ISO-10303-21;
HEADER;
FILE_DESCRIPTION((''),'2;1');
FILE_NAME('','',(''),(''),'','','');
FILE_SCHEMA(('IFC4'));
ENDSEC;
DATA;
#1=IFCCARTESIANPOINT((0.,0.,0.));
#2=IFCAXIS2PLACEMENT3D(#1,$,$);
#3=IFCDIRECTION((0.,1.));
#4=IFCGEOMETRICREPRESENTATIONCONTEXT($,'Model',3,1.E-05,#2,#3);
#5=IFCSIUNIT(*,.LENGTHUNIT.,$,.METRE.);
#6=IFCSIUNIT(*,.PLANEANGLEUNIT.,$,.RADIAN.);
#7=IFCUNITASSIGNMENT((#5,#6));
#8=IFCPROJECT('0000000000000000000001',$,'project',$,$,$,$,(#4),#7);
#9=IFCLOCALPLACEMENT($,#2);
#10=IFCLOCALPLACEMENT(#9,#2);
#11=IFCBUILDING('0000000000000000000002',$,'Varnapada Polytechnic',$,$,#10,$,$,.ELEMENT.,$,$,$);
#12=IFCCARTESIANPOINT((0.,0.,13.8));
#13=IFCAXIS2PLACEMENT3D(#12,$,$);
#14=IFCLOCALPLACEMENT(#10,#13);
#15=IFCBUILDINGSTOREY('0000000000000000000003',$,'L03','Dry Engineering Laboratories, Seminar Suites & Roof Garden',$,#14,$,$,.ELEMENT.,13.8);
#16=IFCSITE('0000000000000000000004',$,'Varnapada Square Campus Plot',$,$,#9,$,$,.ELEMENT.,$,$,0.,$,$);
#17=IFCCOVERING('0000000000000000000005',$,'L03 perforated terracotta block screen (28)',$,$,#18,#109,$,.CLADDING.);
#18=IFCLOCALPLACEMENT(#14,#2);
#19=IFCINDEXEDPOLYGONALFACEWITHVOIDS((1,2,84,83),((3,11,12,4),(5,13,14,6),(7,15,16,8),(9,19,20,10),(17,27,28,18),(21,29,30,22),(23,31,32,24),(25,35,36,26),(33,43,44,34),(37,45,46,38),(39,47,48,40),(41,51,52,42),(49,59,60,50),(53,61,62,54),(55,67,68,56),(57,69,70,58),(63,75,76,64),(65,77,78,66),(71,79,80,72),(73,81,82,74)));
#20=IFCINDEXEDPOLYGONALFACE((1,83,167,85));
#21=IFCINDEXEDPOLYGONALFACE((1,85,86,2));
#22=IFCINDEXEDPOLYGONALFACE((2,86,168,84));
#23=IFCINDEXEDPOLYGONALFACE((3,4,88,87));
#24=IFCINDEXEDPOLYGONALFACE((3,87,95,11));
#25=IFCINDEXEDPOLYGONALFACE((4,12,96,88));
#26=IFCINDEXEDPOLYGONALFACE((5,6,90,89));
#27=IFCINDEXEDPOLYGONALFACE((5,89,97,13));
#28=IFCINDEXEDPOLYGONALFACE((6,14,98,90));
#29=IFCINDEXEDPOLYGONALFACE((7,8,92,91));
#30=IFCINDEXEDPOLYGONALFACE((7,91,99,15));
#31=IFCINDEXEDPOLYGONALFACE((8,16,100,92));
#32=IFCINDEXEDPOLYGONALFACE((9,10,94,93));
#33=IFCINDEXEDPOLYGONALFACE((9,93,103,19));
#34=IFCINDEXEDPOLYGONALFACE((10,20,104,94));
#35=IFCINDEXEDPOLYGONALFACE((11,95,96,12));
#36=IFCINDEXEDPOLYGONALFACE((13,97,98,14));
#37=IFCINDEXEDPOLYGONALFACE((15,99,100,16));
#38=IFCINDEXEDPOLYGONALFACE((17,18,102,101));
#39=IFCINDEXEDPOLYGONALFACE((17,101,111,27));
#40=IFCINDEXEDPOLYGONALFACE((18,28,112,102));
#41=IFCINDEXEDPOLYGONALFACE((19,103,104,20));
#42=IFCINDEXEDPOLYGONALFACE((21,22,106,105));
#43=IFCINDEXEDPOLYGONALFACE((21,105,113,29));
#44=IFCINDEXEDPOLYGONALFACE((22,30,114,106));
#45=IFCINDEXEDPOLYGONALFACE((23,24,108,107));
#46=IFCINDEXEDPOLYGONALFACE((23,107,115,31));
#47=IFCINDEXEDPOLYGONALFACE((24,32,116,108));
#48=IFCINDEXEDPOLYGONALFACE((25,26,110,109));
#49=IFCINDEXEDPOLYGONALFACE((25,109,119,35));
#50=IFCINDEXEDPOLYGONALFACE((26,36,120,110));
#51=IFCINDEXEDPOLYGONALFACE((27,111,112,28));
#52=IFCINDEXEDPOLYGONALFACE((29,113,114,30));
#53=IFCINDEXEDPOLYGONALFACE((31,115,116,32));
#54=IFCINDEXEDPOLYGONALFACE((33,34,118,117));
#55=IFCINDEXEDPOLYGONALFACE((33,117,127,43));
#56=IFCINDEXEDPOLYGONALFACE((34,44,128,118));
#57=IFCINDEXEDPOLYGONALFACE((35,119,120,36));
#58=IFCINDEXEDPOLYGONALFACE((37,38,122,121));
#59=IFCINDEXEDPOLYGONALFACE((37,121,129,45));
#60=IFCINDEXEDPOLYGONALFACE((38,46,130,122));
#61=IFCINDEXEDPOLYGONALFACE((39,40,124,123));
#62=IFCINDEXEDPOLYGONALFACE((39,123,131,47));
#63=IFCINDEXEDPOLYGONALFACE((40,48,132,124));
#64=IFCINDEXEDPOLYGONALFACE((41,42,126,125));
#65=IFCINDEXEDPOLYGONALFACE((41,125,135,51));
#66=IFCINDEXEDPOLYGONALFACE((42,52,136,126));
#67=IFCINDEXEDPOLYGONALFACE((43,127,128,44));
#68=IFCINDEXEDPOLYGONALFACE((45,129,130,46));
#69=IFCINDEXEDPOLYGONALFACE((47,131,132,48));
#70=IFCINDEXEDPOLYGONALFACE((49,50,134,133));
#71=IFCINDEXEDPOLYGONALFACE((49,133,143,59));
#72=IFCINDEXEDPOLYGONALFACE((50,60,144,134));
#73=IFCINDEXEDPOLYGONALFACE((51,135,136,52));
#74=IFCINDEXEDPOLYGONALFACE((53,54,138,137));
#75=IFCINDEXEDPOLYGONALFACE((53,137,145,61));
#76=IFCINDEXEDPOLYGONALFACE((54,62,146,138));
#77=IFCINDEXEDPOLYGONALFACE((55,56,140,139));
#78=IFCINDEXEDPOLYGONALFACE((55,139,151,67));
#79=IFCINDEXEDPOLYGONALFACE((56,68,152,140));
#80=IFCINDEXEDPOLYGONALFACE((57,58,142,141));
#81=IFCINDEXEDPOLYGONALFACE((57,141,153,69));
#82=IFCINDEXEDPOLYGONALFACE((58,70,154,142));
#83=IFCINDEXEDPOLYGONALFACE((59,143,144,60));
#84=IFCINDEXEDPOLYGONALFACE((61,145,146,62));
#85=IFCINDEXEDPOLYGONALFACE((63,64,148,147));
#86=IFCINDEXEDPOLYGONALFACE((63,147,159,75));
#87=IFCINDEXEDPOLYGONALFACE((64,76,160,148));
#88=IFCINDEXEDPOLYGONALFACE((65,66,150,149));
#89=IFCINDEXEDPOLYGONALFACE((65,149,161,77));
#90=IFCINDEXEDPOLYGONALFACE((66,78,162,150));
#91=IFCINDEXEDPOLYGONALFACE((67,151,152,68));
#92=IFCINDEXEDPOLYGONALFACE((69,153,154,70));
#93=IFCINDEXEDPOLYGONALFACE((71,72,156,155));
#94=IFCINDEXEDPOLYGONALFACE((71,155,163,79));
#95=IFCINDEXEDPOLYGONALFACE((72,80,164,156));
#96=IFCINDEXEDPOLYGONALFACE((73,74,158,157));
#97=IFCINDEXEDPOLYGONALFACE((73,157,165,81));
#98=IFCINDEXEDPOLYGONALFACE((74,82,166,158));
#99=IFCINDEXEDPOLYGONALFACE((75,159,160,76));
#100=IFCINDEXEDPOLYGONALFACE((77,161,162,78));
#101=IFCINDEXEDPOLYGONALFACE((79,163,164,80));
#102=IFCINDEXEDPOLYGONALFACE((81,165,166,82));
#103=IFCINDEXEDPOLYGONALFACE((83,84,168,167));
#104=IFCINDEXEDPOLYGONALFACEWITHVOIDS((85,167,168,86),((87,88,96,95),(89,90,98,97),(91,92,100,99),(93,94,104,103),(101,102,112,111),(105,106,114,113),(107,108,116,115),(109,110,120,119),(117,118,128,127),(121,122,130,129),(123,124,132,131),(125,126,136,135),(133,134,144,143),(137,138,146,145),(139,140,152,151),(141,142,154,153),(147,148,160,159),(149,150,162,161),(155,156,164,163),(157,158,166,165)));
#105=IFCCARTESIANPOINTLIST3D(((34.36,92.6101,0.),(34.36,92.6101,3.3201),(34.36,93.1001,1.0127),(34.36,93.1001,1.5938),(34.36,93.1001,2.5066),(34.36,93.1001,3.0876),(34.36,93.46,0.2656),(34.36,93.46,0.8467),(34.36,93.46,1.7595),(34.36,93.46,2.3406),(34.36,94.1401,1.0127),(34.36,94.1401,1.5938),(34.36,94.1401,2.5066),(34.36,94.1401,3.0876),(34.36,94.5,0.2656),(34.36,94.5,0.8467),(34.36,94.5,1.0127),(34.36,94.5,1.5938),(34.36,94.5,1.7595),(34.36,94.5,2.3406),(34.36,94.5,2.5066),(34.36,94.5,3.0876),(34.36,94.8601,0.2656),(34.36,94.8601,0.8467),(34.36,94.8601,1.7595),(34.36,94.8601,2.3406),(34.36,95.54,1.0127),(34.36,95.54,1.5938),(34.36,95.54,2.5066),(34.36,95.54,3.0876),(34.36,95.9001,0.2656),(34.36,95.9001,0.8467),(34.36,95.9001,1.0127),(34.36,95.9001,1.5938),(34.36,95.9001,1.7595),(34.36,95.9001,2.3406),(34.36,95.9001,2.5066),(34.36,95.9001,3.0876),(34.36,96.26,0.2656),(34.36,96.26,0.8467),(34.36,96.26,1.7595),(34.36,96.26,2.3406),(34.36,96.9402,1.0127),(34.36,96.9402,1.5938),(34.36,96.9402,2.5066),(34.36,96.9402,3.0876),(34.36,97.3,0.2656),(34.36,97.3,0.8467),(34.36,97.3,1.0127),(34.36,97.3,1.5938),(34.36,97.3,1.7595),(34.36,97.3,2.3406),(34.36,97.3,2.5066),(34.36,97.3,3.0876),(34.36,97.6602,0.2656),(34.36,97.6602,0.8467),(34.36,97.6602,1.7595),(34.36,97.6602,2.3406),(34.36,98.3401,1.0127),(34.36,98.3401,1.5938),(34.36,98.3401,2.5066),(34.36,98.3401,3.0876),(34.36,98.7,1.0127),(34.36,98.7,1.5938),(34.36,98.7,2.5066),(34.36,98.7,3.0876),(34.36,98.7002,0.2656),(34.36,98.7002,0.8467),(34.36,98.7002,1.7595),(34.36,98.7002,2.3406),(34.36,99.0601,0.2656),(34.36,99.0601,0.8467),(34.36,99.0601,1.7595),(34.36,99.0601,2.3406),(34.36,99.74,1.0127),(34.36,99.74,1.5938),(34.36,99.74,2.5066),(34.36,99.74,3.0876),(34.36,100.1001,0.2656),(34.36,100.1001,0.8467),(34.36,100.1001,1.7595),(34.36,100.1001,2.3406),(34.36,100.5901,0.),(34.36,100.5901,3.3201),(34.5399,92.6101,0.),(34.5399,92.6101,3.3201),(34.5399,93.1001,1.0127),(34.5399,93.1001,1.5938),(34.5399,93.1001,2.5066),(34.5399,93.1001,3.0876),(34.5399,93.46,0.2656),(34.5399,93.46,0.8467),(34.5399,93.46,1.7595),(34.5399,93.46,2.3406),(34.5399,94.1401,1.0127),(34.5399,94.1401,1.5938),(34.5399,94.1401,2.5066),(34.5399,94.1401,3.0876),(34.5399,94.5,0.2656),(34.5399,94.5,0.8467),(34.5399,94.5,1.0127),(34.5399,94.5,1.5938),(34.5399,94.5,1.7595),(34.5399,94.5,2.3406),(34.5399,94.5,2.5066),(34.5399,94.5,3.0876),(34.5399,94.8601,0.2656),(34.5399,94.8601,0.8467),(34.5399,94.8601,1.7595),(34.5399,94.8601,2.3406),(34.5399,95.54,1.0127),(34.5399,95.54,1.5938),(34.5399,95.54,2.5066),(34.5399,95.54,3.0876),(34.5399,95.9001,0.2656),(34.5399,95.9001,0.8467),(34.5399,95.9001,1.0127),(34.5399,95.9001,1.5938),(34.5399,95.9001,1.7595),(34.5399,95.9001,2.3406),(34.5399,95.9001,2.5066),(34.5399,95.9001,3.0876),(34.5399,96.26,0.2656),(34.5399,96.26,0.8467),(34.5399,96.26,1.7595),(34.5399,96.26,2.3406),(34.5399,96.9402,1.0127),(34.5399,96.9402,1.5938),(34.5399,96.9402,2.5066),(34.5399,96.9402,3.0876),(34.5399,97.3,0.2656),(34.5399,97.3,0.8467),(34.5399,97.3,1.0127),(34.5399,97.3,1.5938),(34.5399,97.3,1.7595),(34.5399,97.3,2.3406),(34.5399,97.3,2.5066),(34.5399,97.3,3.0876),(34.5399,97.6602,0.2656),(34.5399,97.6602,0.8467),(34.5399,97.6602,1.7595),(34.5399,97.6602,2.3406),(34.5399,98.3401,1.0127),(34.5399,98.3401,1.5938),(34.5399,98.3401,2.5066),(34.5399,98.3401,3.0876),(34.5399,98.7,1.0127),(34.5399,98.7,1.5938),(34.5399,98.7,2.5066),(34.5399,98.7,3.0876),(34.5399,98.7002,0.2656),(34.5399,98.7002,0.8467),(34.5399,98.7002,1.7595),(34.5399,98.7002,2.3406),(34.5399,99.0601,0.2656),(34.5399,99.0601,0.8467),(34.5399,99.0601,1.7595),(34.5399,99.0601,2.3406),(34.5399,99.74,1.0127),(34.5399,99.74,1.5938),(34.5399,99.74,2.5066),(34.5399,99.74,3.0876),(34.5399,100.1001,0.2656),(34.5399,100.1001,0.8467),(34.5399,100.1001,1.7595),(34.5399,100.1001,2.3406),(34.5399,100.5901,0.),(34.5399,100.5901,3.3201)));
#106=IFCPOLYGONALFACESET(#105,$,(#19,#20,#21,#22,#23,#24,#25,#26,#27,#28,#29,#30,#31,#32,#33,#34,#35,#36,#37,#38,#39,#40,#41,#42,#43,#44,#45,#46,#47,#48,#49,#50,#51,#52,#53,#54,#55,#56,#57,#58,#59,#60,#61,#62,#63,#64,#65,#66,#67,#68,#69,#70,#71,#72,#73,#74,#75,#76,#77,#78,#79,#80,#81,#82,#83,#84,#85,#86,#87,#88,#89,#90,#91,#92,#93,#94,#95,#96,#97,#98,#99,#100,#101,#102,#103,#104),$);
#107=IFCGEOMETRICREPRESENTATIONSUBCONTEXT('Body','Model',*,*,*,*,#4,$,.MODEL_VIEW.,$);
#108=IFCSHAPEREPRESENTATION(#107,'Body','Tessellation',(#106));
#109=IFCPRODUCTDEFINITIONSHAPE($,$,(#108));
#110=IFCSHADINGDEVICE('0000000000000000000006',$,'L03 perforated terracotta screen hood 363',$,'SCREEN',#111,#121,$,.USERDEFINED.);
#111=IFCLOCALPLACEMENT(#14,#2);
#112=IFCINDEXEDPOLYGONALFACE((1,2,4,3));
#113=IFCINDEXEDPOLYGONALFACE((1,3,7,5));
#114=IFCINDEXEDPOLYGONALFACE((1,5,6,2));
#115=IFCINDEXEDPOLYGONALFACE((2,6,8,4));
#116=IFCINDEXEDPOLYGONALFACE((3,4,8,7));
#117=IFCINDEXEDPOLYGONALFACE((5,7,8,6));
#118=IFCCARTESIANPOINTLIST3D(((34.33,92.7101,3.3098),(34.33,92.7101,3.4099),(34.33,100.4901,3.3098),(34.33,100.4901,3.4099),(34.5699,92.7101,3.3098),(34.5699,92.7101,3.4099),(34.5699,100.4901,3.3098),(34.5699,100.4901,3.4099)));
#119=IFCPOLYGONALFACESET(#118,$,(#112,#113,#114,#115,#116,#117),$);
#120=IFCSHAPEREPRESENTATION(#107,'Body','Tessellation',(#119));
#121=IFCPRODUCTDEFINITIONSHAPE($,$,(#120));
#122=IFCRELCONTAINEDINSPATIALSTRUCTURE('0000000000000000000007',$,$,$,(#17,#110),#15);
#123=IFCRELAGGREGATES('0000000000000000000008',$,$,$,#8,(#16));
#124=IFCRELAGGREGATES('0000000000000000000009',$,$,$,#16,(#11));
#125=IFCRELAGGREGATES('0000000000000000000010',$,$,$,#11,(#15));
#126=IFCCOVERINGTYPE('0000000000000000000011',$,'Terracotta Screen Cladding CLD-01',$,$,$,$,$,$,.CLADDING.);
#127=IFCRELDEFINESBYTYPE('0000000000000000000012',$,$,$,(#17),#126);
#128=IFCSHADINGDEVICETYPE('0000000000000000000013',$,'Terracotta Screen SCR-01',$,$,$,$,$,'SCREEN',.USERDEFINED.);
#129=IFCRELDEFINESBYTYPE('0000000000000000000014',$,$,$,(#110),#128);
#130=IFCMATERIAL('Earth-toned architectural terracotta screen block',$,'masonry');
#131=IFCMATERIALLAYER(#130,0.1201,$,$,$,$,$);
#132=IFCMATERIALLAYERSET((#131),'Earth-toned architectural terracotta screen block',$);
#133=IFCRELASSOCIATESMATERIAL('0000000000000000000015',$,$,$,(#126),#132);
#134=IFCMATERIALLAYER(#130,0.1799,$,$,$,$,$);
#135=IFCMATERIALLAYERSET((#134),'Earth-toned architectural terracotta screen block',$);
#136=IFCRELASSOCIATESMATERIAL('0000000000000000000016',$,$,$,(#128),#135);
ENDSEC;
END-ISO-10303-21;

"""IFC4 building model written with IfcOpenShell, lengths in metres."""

from ifc_helpers import new_model, si_unit, direction, frame, frame_2d, origin, origin_2d, place, context, subcontext, project, spatial, rectangle, extrude, material, layer, layer_set, type_object, element, save


model = new_model("IFC4")

# Units and contexts
model_context = context("Model", 3, precision=1e-05, world=origin(), true_north=direction((0.0, 1.0)))
body_context = subcontext(model_context, "Body", "Model", "MODEL_VIEW")
ifc_project = project(units=[si_unit("LENGTHUNIT", "METRE"), si_unit("PLANEANGLEUNIT", "RADIAN")], contexts=[model_context])

# Site, building, storey
site_placement = place(None, origin())
site = spatial("IfcSite", under=ifc_project, at=site_placement, Name="Varnapada Square Campus Plot", CompositionType="ELEMENT", RefElevation=0.0)
building_placement = place(site_placement, origin())
building = spatial("IfcBuilding", under=site, at=building_placement, Name="Varnapada Polytechnic", CompositionType="ELEMENT")
storey_placement = place(building_placement, frame((0.0, 0.0, 13.8)))
storey = spatial("IfcBuildingStorey", under=building, at=storey_placement, Name="L03", Description="Dry Engineering Laboratories, Seminar Suites & Roof Garden", CompositionType="ELEMENT", Elevation=13.8)

# Covering, openings
ifc_material = material(Name="Earth-toned architectural terracotta screen block", Category="masonry")
ifc_layer_1 = layer(ifc_material, 0.1201)
ifc_layer_set_1 = layer_set([ifc_layer_1], Name="Earth-toned architectural terracotta screen block")
covering_type = type_object("IfcCoveringType", Name="Terracotta Screen Cladding CLD-01", PredefinedType="CLADDING", material=ifc_layer_set_1)
covering_placement = place(storey_placement, frame((34.45, 100.5901, 0.0), z_axis=(0.0, 0.0, 1.0), x_axis=(0.0, -1.0, 0.0)))
covering = element("IfcCovering", 1, at=covering_placement, inside=storey, type_object=covering_type, Name="L03 perforated terracotta block screen (28)", PredefinedType="CLADDING", context=body_context, shape_type="SweptSolid", body=[
    extrude(rectangle(XDim=7.98, YDim=0.1799, at=frame_2d((3.99, 0.0))), origin(), (0.0, 0.0, 1.0), 3.3201),
])
opening_1_placement = place(covering_placement, frame((0.49, 0.0, 0.2656)))
element("IfcOpeningElement", 2, at=opening_1_placement, cuts=covering, PredefinedType="OPENING", context=body_context, shape_type="SweptSolid", body=[
    extrude(rectangle(XDim=1.04, YDim=0.5811, at=frame_2d((0.52, 0.2905))), frame((0.0, 0.0999, 0.0), z_axis=(0.0, -1.0, 0.0), x_axis=(1.0, 0.0, 0.0)), (0.0, 0.0, 1.0), 0.2),
])
opening_2_placement = place(covering_placement, frame((1.8899, 0.0, 0.2656)))
element("IfcOpeningElement", 3, at=opening_2_placement, cuts=covering, PredefinedType="OPENING", context=body_context, shape_type="SweptSolid", body=[
    extrude(rectangle(XDim=1.04, YDim=0.5811, at=frame_2d((0.52, 0.2905))), frame((0.0, 0.0999, 0.0), z_axis=(0.0, -1.0, 0.0), x_axis=(1.0, 0.0, 0.0)), (0.0, 0.0, 1.0), 0.2),
])
opening_3_placement = place(covering_placement, frame((3.29, 0.0, 0.2656)))
element("IfcOpeningElement", 4, at=opening_3_placement, cuts=covering, PredefinedType="OPENING", context=body_context, shape_type="SweptSolid", body=[
    extrude(rectangle(XDim=1.04, YDim=0.5811, at=frame_2d((0.52, 0.2905))), frame((0.0, 0.0999, 0.0), z_axis=(0.0, -1.0, 0.0), x_axis=(1.0, 0.0, 0.0)), (0.0, 0.0, 1.0), 0.2),
])
opening_4_placement = place(covering_placement, frame((4.6899, 0.0, 0.2656)))
element("IfcOpeningElement", 5, at=opening_4_placement, cuts=covering, PredefinedType="OPENING", context=body_context, shape_type="SweptSolid", body=[
    extrude(rectangle(XDim=1.04, YDim=0.5811, at=frame_2d((0.52, 0.2905))), frame((0.0, 0.0999, 0.0), z_axis=(0.0, -1.0, 0.0), x_axis=(1.0, 0.0, 0.0)), (0.0, 0.0, 1.0), 0.2),
])
opening_5_placement = place(covering_placement, frame((6.0901, 0.0, 0.2656)))
element("IfcOpeningElement", 6, at=opening_5_placement, cuts=covering, PredefinedType="OPENING", context=body_context, shape_type="SweptSolid", body=[
    extrude(rectangle(XDim=1.04, YDim=0.5811, at=frame_2d((0.52, 0.2905))), frame((0.0, 0.0999, 0.0), z_axis=(0.0, -1.0, 0.0), x_axis=(1.0, 0.0, 0.0)), (0.0, 0.0, 1.0), 0.2),
])
opening_6_placement = place(covering_placement, frame((0.8501, 0.0, 1.0127)))
element("IfcOpeningElement", 7, at=opening_6_placement, cuts=covering, PredefinedType="OPENING", context=body_context, shape_type="SweptSolid", body=[
    extrude(rectangle(XDim=1.04, YDim=0.5811, at=frame_2d((0.52, 0.2905))), frame((0.0, 0.0999, 0.0), z_axis=(0.0, -1.0, 0.0), x_axis=(1.0, 0.0, 0.0)), (0.0, 0.0, 1.0), 0.2),
])
opening_7_placement = place(covering_placement, frame((2.25, 0.0, 1.0127)))
element("IfcOpeningElement", 8, at=opening_7_placement, cuts=covering, PredefinedType="OPENING", context=body_context, shape_type="SweptSolid", body=[
    extrude(rectangle(XDim=1.04, YDim=0.5811, at=frame_2d((0.52, 0.2905))), frame((0.0, 0.0999, 0.0), z_axis=(0.0, -1.0, 0.0), x_axis=(1.0, 0.0, 0.0)), (0.0, 0.0, 1.0), 0.2),
])
opening_8_placement = place(covering_placement, frame((3.6499, 0.0, 1.0127)))
element("IfcOpeningElement", 9, at=opening_8_placement, cuts=covering, PredefinedType="OPENING", context=body_context, shape_type="SweptSolid", body=[
    extrude(rectangle(XDim=1.04, YDim=0.5811, at=frame_2d((0.52, 0.2905))), frame((0.0, 0.0999, 0.0), z_axis=(0.0, -1.0, 0.0), x_axis=(1.0, 0.0, 0.0)), (0.0, 0.0, 1.0), 0.2),
])
opening_9_placement = place(covering_placement, frame((5.05, 0.0, 1.0127)))
element("IfcOpeningElement", 10, at=opening_9_placement, cuts=covering, PredefinedType="OPENING", context=body_context, shape_type="SweptSolid", body=[
    extrude(rectangle(XDim=1.04, YDim=0.5811, at=frame_2d((0.52, 0.2905))), frame((0.0, 0.0999, 0.0), z_axis=(0.0, -1.0, 0.0), x_axis=(1.0, 0.0, 0.0)), (0.0, 0.0, 1.0), 0.2),
])
opening_10_placement = place(covering_placement, frame((6.45, 0.0, 1.0127)))
element("IfcOpeningElement", 11, at=opening_10_placement, cuts=covering, PredefinedType="OPENING", context=body_context, shape_type="SweptSolid", body=[
    extrude(rectangle(XDim=1.04, YDim=0.5811, at=frame_2d((0.52, 0.2905))), frame((0.0, 0.0999, 0.0), z_axis=(0.0, -1.0, 0.0), x_axis=(1.0, 0.0, 0.0)), (0.0, 0.0, 1.0), 0.2),
])
opening_11_placement = place(covering_placement, frame((0.49, 0.0, 1.7595)))
element("IfcOpeningElement", 12, at=opening_11_placement, cuts=covering, PredefinedType="OPENING", context=body_context, shape_type="SweptSolid", body=[
    extrude(rectangle(XDim=1.04, YDim=0.5811, at=frame_2d((0.52, 0.2905))), frame((0.0, 0.0999, 0.0), z_axis=(0.0, -1.0, 0.0), x_axis=(1.0, 0.0, 0.0)), (0.0, 0.0, 1.0), 0.2),
])
opening_12_placement = place(covering_placement, frame((1.8899, 0.0, 1.7595)))
element("IfcOpeningElement", 13, at=opening_12_placement, cuts=covering, PredefinedType="OPENING", context=body_context, shape_type="SweptSolid", body=[
    extrude(rectangle(XDim=1.04, YDim=0.5811, at=frame_2d((0.52, 0.2905))), frame((0.0, 0.0999, 0.0), z_axis=(0.0, -1.0, 0.0), x_axis=(1.0, 0.0, 0.0)), (0.0, 0.0, 1.0), 0.2),
])
opening_13_placement = place(covering_placement, frame((3.29, 0.0, 1.7595)))
element("IfcOpeningElement", 14, at=opening_13_placement, cuts=covering, PredefinedType="OPENING", context=body_context, shape_type="SweptSolid", body=[
    extrude(rectangle(XDim=1.04, YDim=0.5811, at=frame_2d((0.52, 0.2905))), frame((0.0, 0.0999, 0.0), z_axis=(0.0, -1.0, 0.0), x_axis=(1.0, 0.0, 0.0)), (0.0, 0.0, 1.0), 0.2),
])
opening_14_placement = place(covering_placement, frame((4.6899, 0.0, 1.7595)))
element("IfcOpeningElement", 15, at=opening_14_placement, cuts=covering, PredefinedType="OPENING", context=body_context, shape_type="SweptSolid", body=[
    extrude(rectangle(XDim=1.04, YDim=0.5811, at=frame_2d((0.52, 0.2905))), frame((0.0, 0.0999, 0.0), z_axis=(0.0, -1.0, 0.0), x_axis=(1.0, 0.0, 0.0)), (0.0, 0.0, 1.0), 0.2),
])
opening_15_placement = place(covering_placement, frame((6.0901, 0.0, 1.7595)))
element("IfcOpeningElement", 16, at=opening_15_placement, cuts=covering, PredefinedType="OPENING", context=body_context, shape_type="SweptSolid", body=[
    extrude(rectangle(XDim=1.04, YDim=0.5811, at=frame_2d((0.52, 0.2905))), frame((0.0, 0.0999, 0.0), z_axis=(0.0, -1.0, 0.0), x_axis=(1.0, 0.0, 0.0)), (0.0, 0.0, 1.0), 0.2),
])
opening_16_placement = place(covering_placement, frame((0.8501, 0.0, 2.5066)))
element("IfcOpeningElement", 17, at=opening_16_placement, cuts=covering, PredefinedType="OPENING", context=body_context, shape_type="SweptSolid", body=[
    extrude(rectangle(XDim=1.04, YDim=0.5811, at=frame_2d((0.52, 0.2905))), frame((0.0, 0.0999, 0.0), z_axis=(0.0, -1.0, 0.0), x_axis=(1.0, 0.0, 0.0)), (0.0, 0.0, 1.0), 0.2),
])
opening_17_placement = place(covering_placement, frame((2.25, 0.0, 2.5066)))
element("IfcOpeningElement", 18, at=opening_17_placement, cuts=covering, PredefinedType="OPENING", context=body_context, shape_type="SweptSolid", body=[
    extrude(rectangle(XDim=1.04, YDim=0.5811, at=frame_2d((0.52, 0.2905))), frame((0.0, 0.0999, 0.0), z_axis=(0.0, -1.0, 0.0), x_axis=(1.0, 0.0, 0.0)), (0.0, 0.0, 1.0), 0.2),
])
opening_18_placement = place(covering_placement, frame((3.6499, 0.0, 2.5066)))
element("IfcOpeningElement", 19, at=opening_18_placement, cuts=covering, PredefinedType="OPENING", context=body_context, shape_type="SweptSolid", body=[
    extrude(rectangle(XDim=1.04, YDim=0.5811, at=frame_2d((0.52, 0.2905))), frame((0.0, 0.0999, 0.0), z_axis=(0.0, -1.0, 0.0), x_axis=(1.0, 0.0, 0.0)), (0.0, 0.0, 1.0), 0.2),
])
opening_19_placement = place(covering_placement, frame((5.05, 0.0, 2.5066)))
element("IfcOpeningElement", 20, at=opening_19_placement, cuts=covering, PredefinedType="OPENING", context=body_context, shape_type="SweptSolid", body=[
    extrude(rectangle(XDim=1.04, YDim=0.5811, at=frame_2d((0.52, 0.2905))), frame((0.0, 0.0999, 0.0), z_axis=(0.0, -1.0, 0.0), x_axis=(1.0, 0.0, 0.0)), (0.0, 0.0, 1.0), 0.2),
])
opening_20_placement = place(covering_placement, frame((6.45, 0.0, 2.5066)))
element("IfcOpeningElement", 21, at=opening_20_placement, cuts=covering, PredefinedType="OPENING", context=body_context, shape_type="SweptSolid", body=[
    extrude(rectangle(XDim=1.04, YDim=0.5811, at=frame_2d((0.52, 0.2905))), frame((0.0, 0.0999, 0.0), z_axis=(0.0, -1.0, 0.0), x_axis=(1.0, 0.0, 0.0)), (0.0, 0.0, 1.0), 0.2),
])

# Shading device
ifc_layer_2 = layer(ifc_material, 0.1799)
ifc_layer_set_2 = layer_set([ifc_layer_2], Name="Earth-toned architectural terracotta screen block")
shading_device_type = type_object("IfcShadingDeviceType", Name="Terracotta Screen SCR-01", ElementType="SCREEN", PredefinedType="USERDEFINED", material=ifc_layer_set_2)
shading_device_placement = place(storey_placement, frame((34.45, 96.6001, 3.3098), z_axis=(0.0, 0.0, 1.0), x_axis=(0.0, -1.0, 0.0)))
element("IfcShadingDevice", 22, at=shading_device_placement, inside=storey, type_object=shading_device_type, Name="L03 perforated terracotta screen hood 363", ObjectType="SCREEN", PredefinedType="USERDEFINED", context=body_context, shape_type="SweptSolid", body=[
    extrude(rectangle(XDim=7.78, YDim=0.24, at=origin_2d()), origin(), (0.0, 0.0, 1.0), 0.1001),
])

save(model, "model.ifc")
